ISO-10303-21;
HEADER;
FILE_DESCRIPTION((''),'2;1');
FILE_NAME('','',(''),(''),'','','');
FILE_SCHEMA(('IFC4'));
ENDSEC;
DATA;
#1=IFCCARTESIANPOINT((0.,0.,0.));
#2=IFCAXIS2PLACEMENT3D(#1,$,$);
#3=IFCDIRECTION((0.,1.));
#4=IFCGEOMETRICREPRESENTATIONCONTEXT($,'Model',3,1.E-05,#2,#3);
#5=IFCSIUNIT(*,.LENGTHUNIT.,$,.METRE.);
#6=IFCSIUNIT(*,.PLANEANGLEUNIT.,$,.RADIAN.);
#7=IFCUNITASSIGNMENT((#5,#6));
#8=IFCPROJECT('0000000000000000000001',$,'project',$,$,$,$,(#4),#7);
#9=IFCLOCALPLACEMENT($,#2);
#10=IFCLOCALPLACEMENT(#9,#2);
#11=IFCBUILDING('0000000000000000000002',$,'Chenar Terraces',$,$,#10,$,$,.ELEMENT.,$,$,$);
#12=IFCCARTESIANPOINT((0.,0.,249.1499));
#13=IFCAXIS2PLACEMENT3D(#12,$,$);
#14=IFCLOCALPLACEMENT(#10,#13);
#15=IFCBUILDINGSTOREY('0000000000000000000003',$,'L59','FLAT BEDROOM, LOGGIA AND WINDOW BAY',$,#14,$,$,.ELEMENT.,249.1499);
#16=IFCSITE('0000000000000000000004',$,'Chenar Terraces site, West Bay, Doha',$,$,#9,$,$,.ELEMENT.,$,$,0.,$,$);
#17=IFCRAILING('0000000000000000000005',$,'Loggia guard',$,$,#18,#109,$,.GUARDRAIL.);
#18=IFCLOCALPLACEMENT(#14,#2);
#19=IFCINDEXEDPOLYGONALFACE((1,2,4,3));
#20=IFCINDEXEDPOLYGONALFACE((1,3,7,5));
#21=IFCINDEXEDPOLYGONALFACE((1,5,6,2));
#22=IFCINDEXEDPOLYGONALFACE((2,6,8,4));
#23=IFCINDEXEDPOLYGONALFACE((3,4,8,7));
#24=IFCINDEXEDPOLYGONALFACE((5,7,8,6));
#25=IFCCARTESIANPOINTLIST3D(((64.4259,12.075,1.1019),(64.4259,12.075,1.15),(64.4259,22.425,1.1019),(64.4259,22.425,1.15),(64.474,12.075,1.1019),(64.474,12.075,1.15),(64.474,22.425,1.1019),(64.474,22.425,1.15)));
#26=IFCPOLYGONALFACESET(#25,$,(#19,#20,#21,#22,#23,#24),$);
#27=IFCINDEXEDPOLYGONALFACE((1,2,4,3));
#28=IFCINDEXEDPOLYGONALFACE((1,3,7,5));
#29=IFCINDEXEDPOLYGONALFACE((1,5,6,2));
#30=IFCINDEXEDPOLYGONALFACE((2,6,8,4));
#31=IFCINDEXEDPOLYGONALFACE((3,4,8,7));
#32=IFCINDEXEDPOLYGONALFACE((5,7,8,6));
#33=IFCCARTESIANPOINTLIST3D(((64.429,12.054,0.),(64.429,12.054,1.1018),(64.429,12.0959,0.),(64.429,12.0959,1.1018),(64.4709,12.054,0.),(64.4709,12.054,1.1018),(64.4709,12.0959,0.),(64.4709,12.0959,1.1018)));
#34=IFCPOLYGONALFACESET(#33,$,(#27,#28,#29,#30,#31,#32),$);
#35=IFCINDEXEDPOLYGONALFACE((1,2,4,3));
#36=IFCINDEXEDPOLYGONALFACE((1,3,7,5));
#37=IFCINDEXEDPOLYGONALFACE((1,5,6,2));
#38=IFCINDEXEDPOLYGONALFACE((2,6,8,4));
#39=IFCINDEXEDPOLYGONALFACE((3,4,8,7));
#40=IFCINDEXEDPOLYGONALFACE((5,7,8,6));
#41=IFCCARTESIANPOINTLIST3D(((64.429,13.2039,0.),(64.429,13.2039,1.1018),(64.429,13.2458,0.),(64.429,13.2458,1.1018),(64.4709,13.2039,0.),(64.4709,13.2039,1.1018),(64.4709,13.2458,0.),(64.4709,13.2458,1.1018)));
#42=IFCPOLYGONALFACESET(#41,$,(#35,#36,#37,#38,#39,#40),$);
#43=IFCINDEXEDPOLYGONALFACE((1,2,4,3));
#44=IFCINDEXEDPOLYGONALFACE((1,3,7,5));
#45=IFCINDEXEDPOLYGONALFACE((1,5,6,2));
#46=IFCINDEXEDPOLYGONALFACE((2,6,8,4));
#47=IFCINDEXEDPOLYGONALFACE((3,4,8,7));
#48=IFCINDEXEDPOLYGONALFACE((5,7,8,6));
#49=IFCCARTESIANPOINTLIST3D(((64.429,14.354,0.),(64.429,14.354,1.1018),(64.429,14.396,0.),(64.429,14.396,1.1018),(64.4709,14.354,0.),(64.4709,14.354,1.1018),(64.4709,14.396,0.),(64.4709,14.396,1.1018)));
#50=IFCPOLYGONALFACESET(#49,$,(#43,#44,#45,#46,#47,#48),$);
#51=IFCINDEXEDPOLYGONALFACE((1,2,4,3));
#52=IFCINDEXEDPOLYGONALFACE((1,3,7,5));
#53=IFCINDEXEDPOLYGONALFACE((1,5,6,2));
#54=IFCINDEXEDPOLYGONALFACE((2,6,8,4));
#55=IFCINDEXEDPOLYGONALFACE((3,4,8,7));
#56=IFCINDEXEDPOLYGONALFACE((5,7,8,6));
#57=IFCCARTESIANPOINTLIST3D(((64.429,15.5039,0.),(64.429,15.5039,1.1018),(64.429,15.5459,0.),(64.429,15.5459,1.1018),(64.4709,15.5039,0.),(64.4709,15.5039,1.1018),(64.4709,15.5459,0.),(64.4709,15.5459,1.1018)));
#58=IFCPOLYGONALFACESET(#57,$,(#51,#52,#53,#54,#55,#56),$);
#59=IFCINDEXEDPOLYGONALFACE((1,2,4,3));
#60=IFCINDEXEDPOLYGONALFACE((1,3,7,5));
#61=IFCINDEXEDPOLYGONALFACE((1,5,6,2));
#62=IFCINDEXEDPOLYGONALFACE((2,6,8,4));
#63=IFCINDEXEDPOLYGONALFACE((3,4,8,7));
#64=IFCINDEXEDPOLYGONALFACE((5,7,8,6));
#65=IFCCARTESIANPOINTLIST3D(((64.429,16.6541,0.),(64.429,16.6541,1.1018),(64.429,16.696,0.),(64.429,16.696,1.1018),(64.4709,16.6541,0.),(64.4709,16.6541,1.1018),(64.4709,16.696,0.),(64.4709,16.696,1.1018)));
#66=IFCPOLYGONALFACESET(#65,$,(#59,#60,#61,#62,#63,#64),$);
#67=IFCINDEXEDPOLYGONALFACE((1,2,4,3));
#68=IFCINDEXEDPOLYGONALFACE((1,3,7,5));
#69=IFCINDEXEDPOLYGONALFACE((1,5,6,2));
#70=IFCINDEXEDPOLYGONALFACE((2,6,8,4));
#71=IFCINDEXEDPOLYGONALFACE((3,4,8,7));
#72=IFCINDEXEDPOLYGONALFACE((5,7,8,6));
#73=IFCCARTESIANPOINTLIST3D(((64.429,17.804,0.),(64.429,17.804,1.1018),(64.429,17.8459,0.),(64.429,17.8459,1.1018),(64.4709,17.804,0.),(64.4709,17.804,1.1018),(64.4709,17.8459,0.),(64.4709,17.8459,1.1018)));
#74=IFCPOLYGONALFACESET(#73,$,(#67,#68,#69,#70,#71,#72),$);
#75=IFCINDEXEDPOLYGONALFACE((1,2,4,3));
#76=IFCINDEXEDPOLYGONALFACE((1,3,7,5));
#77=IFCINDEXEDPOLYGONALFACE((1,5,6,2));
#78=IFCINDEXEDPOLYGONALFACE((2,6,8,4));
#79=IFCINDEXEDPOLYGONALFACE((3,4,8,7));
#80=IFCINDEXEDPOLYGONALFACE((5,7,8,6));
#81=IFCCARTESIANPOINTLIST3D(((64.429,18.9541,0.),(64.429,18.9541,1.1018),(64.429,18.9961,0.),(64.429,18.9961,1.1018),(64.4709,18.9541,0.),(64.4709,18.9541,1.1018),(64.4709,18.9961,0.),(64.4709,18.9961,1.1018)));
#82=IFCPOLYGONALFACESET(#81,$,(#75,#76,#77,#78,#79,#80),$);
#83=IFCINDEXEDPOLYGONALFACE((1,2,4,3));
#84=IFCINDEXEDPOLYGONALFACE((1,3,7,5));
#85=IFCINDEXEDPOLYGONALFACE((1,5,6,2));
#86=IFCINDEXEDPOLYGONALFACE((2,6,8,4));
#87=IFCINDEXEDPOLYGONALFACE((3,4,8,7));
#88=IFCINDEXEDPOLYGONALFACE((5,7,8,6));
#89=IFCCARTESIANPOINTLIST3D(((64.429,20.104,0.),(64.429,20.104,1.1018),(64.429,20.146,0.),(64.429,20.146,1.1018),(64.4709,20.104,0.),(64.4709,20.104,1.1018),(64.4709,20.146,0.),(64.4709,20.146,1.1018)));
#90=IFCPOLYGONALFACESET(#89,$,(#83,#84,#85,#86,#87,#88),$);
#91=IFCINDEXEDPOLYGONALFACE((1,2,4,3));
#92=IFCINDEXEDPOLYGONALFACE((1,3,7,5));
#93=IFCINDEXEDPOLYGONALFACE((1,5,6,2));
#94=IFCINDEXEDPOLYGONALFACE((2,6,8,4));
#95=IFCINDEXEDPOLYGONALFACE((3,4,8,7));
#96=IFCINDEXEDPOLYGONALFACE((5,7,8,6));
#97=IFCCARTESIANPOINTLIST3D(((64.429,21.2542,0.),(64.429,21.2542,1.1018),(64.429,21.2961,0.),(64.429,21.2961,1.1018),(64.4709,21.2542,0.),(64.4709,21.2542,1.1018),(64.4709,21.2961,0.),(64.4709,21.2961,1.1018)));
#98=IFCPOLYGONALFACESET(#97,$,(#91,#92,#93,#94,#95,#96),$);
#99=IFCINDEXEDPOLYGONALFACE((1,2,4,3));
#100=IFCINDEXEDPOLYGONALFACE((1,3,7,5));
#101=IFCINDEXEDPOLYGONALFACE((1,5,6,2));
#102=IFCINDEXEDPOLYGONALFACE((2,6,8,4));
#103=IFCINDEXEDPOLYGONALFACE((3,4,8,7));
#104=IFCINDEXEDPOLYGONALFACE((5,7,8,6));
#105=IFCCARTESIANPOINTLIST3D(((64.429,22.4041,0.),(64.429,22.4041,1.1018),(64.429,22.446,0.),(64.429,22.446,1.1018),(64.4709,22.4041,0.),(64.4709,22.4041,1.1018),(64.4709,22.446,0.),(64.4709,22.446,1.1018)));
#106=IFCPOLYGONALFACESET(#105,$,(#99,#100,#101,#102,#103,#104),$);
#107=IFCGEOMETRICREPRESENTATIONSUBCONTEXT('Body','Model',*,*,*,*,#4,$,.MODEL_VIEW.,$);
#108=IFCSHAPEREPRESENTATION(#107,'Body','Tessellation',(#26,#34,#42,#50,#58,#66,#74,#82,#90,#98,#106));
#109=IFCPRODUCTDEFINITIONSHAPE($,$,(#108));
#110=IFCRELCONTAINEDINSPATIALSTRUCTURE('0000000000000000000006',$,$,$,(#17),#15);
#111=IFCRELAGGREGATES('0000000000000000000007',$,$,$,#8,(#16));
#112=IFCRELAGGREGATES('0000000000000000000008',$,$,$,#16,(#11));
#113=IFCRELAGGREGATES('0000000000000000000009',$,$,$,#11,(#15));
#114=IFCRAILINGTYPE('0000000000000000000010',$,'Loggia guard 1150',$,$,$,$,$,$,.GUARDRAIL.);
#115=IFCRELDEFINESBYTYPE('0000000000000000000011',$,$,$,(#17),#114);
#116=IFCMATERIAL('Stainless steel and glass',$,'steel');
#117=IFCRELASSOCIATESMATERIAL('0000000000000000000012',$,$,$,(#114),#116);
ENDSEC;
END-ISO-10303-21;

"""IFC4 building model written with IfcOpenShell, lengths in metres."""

from ifc_helpers import new_model, si_unit, direction, frame, origin, origin_2d, place, context, subcontext, project, spatial, rectangle, extrude, material, type_object, element, save


model = new_model("IFC4")

# Units and contexts
model_context = context("Model", 3, precision=1e-05, world=origin(), true_north=direction((0.0, 1.0)))
body_context = subcontext(model_context, "Body", "Model", "MODEL_VIEW")
ifc_project = project(units=[si_unit("LENGTHUNIT", "METRE"), si_unit("PLANEANGLEUNIT", "RADIAN")], contexts=[model_context])

# Site, building, storey
site_placement = place(None, origin())
site = spatial("IfcSite", under=ifc_project, at=site_placement, Name="Chenar Terraces site, West Bay, Doha", CompositionType="ELEMENT", RefElevation=0.0)
building_placement = place(site_placement, origin())
building = spatial("IfcBuilding", under=site, at=building_placement, Name="Chenar Terraces", CompositionType="ELEMENT")
storey_placement = place(building_placement, frame((0.0, 0.0, 249.1499)))
storey = spatial("IfcBuildingStorey", under=building, at=storey_placement, Name="L59", Description="FLAT BEDROOM, LOGGIA AND WINDOW BAY", CompositionType="ELEMENT", Elevation=249.1499)

# Railing
ifc_material_1 = material(Name="Stainless steel and glass", Category="steel")
railing_type = type_object("IfcRailingType", Name="Loggia guard 1150", PredefinedType="GUARDRAIL", material=ifc_material_1)
railing_placement = place(storey_placement, frame((64.45, 12.075, 0.0)))
element("IfcRailing", 1, at=railing_placement, inside=storey, type_object=railing_type, Name="Loggia guard", PredefinedType="GUARDRAIL", context=body_context, shape_type="SweptSolid", body=[
    extrude(rectangle(XDim=0.0481, YDim=0.0481, at=origin_2d()), frame((0.0, 0.0, 1.126), z_axis=(0.0, 1.0, 0.0), x_axis=(-1.0, 0.0, 0.0)), (0.0, 0.0, 1.0), 10.3501),
    extrude(rectangle(XDim=0.042, YDim=0.042, at=origin_2d()), origin(), (0.0, 0.0, 1.0), 1.1018),
    extrude(rectangle(XDim=0.042, YDim=0.042, at=origin_2d()), frame((0.0, 1.1499, 0.0)), (0.0, 0.0, 1.0), 1.1018),
    extrude(rectangle(XDim=0.042, YDim=0.042, at=origin_2d()), frame((0.0, 2.3, 0.0)), (0.0, 0.0, 1.0), 1.1018),
    extrude(rectangle(XDim=0.042, YDim=0.042, at=origin_2d()), frame((0.0, 3.45, 0.0)), (0.0, 0.0, 1.0), 1.1018),
    extrude(rectangle(XDim=0.042, YDim=0.042, at=origin_2d()), frame((0.0, 4.6001, 0.0)), (0.0, 0.0, 1.0), 1.1018),
    extrude(rectangle(XDim=0.042, YDim=0.042, at=origin_2d()), frame((0.0, 5.75, 0.0)), (0.0, 0.0, 1.0), 1.1018),
    extrude(rectangle(XDim=0.042, YDim=0.042, at=origin_2d()), frame((0.0, 6.9001, 0.0)), (0.0, 0.0, 1.0), 1.1018),
    extrude(rectangle(XDim=0.042, YDim=0.042, at=origin_2d()), frame((0.0, 8.05, 0.0)), (0.0, 0.0, 1.0), 1.1018),
    extrude(rectangle(XDim=0.042, YDim=0.042, at=origin_2d()), frame((0.0, 9.2002, 0.0)), (0.0, 0.0, 1.0), 1.1018),
    extrude(rectangle(XDim=0.042, YDim=0.042, at=origin_2d()), frame((0.0, 10.3501, 0.0)), (0.0, 0.0, 1.0), 1.1018),
])

save(model, "model.ifc")
